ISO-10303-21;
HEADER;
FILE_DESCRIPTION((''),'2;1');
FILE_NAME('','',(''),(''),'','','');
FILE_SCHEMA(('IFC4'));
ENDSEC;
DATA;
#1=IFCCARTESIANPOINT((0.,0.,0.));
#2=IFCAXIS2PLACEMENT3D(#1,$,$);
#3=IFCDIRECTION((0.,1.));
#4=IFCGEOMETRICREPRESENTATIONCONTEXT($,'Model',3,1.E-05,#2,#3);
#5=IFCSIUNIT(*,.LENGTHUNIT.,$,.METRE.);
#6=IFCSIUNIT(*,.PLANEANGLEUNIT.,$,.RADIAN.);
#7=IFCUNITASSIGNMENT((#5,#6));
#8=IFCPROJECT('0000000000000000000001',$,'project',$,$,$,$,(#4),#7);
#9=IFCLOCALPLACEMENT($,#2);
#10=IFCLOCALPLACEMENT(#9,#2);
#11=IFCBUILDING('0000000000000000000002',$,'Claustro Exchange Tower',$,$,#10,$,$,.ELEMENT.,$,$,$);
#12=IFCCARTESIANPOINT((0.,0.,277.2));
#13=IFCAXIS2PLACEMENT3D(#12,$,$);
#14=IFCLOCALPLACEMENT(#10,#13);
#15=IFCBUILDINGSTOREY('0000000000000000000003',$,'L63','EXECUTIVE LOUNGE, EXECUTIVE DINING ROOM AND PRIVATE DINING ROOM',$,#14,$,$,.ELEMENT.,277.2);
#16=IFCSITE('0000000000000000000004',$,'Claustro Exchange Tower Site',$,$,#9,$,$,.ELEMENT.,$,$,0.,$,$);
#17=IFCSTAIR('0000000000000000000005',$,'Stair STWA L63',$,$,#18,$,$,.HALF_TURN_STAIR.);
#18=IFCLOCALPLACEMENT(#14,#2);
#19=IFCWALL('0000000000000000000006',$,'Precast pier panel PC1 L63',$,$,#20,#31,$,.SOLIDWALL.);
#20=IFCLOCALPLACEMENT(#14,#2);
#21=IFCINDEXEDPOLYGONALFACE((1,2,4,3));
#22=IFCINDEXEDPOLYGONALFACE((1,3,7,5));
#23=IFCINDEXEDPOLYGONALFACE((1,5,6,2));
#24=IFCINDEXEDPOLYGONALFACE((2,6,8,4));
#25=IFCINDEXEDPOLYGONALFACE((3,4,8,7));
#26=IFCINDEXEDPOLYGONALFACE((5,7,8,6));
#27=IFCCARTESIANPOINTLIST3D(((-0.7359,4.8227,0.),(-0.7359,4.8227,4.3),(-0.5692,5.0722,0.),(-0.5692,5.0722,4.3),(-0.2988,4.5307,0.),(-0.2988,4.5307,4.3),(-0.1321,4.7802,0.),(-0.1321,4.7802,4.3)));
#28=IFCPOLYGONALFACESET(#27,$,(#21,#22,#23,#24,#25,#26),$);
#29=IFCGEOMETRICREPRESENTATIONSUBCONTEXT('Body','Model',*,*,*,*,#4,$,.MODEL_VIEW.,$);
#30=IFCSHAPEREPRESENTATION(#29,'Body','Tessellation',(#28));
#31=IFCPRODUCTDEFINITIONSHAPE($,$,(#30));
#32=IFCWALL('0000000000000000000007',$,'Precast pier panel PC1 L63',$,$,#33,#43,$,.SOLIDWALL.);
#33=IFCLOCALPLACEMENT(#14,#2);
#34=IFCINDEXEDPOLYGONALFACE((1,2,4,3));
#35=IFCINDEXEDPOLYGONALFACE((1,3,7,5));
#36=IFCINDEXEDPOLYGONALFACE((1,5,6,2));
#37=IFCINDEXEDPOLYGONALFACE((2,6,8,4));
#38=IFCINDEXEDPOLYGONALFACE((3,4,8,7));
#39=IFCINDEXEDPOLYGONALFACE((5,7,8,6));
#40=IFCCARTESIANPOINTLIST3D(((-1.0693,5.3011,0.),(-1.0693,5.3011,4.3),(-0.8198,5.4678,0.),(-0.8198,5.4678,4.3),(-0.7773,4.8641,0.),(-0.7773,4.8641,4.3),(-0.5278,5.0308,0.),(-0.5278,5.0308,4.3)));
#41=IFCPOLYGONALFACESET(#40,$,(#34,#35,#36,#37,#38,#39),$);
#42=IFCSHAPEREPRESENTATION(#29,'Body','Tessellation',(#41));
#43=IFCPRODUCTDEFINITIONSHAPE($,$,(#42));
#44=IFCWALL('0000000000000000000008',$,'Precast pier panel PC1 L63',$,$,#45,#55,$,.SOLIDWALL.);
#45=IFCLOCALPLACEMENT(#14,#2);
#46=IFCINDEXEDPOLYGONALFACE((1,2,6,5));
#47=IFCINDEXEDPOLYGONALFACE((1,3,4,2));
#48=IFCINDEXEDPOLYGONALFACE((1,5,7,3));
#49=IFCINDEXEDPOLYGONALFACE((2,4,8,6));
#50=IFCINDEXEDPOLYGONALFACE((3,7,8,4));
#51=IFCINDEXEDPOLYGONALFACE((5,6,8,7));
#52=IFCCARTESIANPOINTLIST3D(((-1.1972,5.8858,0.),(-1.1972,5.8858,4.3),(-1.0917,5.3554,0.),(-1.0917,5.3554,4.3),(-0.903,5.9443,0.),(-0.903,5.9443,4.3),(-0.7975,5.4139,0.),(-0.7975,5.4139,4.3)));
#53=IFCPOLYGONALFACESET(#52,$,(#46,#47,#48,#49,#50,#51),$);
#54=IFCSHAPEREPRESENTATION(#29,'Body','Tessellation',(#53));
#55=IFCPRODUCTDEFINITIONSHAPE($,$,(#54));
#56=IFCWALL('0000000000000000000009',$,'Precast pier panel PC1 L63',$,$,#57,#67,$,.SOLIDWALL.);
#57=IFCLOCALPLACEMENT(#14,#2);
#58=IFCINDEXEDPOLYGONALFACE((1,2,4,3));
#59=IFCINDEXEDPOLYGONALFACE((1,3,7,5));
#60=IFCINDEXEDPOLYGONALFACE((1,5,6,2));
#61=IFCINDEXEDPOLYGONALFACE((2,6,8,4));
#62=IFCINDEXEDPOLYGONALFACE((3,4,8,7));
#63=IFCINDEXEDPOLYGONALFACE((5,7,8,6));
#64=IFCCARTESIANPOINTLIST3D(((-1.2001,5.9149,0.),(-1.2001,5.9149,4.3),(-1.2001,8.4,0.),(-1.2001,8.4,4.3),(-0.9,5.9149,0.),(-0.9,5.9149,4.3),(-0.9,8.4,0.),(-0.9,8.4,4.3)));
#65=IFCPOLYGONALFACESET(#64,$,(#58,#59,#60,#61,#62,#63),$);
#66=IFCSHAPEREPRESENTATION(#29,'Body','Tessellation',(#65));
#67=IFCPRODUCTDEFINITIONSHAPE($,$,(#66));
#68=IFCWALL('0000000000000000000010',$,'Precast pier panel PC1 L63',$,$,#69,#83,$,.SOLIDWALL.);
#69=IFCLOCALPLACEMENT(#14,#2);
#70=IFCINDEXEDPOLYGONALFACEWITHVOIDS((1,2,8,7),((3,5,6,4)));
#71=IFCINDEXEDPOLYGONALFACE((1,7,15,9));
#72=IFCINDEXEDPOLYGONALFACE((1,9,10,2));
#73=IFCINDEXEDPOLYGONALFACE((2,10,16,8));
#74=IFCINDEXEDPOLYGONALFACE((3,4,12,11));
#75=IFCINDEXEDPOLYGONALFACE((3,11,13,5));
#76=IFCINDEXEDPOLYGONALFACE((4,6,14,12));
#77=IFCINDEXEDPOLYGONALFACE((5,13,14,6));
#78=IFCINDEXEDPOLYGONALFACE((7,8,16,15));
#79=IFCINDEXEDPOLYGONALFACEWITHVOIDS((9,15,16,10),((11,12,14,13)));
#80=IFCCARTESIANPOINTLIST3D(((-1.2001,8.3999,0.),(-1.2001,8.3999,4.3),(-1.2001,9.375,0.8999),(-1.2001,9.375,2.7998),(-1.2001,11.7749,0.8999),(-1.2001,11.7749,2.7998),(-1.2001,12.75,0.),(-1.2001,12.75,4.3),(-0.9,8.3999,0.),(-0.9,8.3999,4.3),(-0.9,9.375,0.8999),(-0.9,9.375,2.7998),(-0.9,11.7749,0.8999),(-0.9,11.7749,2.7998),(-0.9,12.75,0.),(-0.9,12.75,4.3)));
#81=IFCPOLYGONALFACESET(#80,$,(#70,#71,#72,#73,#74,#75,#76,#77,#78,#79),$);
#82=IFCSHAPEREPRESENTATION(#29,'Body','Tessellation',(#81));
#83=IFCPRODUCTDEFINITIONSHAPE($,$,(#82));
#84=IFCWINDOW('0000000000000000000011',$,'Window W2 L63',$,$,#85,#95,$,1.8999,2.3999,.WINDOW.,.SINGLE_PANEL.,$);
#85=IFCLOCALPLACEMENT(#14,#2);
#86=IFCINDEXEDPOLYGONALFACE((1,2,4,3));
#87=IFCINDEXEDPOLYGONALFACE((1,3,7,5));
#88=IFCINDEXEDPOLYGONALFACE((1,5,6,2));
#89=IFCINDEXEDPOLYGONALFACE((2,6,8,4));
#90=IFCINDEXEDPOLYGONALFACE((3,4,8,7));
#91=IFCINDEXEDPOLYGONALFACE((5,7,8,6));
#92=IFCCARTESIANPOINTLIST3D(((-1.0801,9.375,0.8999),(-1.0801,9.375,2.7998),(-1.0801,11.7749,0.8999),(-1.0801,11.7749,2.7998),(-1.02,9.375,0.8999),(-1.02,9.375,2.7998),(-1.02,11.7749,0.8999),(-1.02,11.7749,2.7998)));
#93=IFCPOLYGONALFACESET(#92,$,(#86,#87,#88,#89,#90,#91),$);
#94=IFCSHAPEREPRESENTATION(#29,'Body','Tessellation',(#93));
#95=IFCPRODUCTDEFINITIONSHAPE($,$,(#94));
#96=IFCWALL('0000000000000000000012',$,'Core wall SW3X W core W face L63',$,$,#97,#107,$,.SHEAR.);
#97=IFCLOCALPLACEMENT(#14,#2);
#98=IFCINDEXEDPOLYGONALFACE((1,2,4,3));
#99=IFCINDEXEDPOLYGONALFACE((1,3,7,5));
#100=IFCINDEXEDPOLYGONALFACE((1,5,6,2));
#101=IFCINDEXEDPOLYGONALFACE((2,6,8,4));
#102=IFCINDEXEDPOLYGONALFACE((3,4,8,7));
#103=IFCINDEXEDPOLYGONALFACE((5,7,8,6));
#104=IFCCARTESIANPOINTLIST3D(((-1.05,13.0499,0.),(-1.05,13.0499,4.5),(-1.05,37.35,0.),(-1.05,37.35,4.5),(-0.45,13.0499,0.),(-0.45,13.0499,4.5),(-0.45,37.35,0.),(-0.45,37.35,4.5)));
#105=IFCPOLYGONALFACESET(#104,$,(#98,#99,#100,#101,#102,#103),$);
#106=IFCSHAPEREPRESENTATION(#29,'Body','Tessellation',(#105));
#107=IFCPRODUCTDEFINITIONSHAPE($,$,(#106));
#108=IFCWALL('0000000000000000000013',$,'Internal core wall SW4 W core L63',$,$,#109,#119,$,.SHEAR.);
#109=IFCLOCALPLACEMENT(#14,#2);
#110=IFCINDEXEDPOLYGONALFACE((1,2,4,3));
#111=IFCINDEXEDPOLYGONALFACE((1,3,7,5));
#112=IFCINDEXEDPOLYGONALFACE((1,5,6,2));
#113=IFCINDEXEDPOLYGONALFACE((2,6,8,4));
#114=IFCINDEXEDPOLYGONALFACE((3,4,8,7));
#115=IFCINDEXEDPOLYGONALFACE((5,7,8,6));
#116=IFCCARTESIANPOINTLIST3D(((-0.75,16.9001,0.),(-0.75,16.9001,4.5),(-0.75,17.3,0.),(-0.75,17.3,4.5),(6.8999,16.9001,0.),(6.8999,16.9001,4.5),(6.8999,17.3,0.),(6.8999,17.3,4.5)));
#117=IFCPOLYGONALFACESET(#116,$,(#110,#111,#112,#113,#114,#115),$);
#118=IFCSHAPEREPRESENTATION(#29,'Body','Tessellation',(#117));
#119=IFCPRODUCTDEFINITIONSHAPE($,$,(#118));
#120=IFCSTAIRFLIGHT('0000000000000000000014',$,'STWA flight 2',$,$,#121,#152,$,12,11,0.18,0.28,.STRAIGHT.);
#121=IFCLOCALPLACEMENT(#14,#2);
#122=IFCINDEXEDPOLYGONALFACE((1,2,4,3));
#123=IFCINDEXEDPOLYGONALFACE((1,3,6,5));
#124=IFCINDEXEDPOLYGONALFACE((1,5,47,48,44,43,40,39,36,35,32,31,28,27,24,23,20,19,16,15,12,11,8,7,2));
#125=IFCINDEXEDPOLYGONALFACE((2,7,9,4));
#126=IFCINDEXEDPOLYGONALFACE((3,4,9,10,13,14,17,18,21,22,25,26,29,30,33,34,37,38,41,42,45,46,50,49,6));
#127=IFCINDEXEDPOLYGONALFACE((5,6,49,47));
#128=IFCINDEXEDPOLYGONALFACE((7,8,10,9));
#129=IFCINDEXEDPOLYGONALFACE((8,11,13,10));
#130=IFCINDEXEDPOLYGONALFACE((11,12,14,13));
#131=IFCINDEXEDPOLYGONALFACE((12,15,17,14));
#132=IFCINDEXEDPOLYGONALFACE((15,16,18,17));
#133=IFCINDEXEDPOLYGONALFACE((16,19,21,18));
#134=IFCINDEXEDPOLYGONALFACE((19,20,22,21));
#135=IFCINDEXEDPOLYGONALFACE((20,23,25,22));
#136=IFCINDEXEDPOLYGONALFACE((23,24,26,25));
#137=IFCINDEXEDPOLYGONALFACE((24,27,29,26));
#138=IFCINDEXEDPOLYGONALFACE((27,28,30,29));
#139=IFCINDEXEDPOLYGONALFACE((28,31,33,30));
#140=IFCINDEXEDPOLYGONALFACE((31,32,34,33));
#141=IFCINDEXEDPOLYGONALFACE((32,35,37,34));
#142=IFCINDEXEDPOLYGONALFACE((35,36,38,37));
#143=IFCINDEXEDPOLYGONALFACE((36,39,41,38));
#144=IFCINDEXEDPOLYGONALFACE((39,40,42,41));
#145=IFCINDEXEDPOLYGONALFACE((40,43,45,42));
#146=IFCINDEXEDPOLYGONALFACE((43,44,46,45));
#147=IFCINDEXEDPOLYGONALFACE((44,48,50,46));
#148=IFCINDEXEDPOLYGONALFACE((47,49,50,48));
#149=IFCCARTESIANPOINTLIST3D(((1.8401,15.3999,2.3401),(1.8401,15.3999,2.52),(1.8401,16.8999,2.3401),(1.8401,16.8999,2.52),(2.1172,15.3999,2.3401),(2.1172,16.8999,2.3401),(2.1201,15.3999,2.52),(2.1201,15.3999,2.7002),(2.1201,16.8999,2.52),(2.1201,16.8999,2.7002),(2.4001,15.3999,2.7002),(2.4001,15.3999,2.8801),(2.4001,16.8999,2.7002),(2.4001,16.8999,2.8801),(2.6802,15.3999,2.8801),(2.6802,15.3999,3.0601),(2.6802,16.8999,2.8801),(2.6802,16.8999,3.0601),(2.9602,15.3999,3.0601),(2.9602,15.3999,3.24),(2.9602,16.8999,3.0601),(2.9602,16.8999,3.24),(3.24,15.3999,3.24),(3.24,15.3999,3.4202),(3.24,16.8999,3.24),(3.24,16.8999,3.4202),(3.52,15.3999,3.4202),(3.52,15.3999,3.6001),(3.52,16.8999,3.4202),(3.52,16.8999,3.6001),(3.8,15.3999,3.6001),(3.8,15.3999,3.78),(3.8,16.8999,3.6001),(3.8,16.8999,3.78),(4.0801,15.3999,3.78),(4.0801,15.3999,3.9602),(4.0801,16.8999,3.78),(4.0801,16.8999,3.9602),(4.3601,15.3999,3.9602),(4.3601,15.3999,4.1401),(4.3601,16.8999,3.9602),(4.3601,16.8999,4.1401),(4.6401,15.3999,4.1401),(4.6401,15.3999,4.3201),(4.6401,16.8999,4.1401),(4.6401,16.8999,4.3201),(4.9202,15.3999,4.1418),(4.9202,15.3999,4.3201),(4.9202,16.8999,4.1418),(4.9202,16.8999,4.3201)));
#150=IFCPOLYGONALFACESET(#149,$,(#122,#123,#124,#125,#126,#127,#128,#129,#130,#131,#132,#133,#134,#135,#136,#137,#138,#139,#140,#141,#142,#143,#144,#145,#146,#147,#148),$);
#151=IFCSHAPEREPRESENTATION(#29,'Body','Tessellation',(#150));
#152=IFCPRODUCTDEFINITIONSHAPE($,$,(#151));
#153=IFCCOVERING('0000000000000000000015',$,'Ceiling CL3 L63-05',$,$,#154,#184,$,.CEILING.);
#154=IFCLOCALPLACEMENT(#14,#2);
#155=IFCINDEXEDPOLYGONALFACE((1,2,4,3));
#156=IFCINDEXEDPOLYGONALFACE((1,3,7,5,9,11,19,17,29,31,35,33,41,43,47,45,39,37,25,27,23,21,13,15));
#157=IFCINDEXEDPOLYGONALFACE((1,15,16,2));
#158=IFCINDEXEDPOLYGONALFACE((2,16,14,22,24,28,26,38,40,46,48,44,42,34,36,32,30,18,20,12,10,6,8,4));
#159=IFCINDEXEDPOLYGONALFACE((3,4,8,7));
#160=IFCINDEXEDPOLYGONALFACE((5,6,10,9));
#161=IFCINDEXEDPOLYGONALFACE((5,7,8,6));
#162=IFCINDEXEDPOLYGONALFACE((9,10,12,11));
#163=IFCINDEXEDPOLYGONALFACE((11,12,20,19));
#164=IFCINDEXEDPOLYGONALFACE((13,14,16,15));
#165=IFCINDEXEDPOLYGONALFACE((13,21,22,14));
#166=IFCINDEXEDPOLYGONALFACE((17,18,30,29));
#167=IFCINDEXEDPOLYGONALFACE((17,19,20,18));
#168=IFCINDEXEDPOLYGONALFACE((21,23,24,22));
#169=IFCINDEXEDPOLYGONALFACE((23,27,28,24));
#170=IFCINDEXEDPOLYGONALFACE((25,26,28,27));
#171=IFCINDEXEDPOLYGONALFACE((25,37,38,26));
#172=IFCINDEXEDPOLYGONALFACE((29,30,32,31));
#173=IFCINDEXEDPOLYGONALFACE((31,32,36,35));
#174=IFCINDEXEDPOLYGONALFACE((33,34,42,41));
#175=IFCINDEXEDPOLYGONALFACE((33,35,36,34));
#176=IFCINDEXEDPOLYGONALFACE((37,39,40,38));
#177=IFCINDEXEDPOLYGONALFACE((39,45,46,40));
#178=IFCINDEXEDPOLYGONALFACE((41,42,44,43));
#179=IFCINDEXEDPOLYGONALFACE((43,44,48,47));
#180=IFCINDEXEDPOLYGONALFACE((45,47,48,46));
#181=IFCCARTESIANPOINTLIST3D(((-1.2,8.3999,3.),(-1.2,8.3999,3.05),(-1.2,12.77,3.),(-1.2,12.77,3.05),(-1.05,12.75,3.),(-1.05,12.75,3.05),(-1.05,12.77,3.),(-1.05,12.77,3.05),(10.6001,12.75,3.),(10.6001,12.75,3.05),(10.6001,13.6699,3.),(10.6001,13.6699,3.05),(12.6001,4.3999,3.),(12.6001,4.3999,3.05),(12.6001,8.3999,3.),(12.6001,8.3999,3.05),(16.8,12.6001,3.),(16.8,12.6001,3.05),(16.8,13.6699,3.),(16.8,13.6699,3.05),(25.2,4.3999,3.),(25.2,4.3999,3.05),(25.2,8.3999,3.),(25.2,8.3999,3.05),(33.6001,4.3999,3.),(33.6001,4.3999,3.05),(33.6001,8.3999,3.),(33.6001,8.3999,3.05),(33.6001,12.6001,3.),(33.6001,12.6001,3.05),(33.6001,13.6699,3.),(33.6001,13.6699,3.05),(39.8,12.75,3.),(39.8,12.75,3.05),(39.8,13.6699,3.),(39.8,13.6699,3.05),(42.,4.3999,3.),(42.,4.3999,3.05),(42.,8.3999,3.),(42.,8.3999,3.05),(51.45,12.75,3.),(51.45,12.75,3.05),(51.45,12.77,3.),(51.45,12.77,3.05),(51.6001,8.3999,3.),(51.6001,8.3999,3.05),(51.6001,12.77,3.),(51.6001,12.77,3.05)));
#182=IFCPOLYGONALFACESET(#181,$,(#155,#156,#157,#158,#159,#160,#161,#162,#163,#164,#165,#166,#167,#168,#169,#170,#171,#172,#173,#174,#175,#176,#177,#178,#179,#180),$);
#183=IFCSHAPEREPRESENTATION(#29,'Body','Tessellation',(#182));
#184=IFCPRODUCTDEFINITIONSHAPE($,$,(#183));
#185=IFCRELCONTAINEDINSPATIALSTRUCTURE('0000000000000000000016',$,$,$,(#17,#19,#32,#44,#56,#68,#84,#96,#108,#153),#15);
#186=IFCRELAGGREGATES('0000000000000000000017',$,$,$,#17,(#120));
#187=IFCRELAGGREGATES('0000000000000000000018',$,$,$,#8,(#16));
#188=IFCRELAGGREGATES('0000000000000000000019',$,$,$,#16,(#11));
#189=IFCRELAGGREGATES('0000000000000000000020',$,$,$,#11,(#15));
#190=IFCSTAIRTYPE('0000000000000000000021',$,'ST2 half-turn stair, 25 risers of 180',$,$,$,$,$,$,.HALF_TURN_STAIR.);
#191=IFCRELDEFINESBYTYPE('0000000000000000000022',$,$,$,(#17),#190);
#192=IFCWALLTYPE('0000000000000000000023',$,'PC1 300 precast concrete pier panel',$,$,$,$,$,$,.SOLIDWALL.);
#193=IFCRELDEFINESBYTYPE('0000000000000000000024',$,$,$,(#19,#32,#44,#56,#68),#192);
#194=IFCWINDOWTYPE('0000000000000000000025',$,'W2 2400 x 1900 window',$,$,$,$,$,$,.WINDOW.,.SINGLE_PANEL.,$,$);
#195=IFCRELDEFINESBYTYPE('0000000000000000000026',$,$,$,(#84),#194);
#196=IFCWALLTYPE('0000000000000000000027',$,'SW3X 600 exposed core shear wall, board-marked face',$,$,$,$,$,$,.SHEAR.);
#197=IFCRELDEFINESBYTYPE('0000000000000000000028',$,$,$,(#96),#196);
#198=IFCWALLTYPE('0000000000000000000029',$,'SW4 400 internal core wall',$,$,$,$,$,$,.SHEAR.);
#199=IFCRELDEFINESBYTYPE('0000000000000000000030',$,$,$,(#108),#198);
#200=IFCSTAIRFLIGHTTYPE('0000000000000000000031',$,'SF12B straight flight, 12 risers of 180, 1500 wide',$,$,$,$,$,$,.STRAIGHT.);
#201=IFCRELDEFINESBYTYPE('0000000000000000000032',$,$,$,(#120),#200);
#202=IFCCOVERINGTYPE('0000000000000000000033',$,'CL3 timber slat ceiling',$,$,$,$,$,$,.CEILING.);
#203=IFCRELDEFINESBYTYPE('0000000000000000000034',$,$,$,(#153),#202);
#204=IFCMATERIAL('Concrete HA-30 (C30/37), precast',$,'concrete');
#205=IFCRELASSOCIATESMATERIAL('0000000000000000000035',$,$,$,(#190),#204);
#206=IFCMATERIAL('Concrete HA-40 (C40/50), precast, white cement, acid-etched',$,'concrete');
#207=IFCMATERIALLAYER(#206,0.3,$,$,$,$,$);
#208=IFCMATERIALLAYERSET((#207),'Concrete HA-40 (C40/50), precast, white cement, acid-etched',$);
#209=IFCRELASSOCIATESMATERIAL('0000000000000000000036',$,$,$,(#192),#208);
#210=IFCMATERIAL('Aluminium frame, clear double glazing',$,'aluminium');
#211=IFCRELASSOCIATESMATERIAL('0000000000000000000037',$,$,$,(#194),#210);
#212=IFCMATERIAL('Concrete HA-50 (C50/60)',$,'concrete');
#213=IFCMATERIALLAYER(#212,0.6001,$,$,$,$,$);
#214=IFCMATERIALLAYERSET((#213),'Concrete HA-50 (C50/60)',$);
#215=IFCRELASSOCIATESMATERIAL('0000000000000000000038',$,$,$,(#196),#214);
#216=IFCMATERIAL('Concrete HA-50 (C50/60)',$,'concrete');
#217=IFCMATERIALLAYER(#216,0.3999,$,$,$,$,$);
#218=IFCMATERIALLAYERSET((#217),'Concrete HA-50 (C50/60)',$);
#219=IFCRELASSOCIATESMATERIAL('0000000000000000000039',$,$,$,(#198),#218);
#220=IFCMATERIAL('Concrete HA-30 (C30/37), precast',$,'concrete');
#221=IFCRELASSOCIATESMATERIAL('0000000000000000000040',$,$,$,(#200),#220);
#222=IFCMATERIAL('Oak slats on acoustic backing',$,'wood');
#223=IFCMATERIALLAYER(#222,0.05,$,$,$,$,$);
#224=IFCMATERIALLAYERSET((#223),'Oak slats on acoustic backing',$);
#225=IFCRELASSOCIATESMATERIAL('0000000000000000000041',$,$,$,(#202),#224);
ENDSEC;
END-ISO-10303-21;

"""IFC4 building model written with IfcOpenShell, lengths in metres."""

from ifc_helpers import new_model, si_unit, direction, frame, frame_2d, origin, place, context, subcontext, project, spatial, polyline, rectangle, outline, extrude, material, layer, layer_set, type_object, element, fill, aggregate, save


model = new_model("IFC4")

# Units and contexts
model_context = context("Model", 3, precision=1e-05, world=origin(), true_north=direction((0.0, 1.0)))
body_context = subcontext(model_context, "Body", "Model", "MODEL_VIEW")
ifc_project = project(units=[si_unit("LENGTHUNIT", "METRE"), si_unit("PLANEANGLEUNIT", "RADIAN")], contexts=[model_context])

# Site, building, storey
site_placement = place(None, origin())
site = spatial("IfcSite", under=ifc_project, at=site_placement, Name="Claustro Exchange Tower Site", CompositionType="ELEMENT", RefElevation=0.0)
building_placement = place(site_placement, origin())
building = spatial("IfcBuilding", under=site, at=building_placement, Name="Claustro Exchange Tower", CompositionType="ELEMENT")
storey_placement = place(building_placement, frame((0.0, 0.0, 277.2)))
storey = spatial("IfcBuildingStorey", under=building, at=storey_placement, Name="L63", Description="EXECUTIVE LOUNGE, EXECUTIVE DINING ROOM AND PRIVATE DINING ROOM", CompositionType="ELEMENT", Elevation=277.2)

# Stair
ifc_material_1 = material(Name="Concrete HA-30 (C30/37), precast", Category="concrete")
stair_type = type_object("IfcStairType", Name="ST2 half-turn stair, 25 risers of 180", PredefinedType="HALF_TURN_STAIR", material=ifc_material_1)
stair_1_placement = place(storey_placement, origin())
stair_1 = element("IfcStair", 1, at=stair_1_placement, inside=storey, type_object=stair_type, Name="Stair STWA L63", PredefinedType="HALF_TURN_STAIR")

# Walls
ifc_material_2 = material(Name="Concrete HA-40 (C40/50), precast, white cement, acid-etched", Category="concrete")
ifc_layer_1 = layer(ifc_material_2, 0.3)
ifc_layer_set_1 = layer_set([ifc_layer_1], Name="Concrete HA-40 (C40/50), precast, white cement, acid-etched")
wall_type_1 = type_object("IfcWallType", Name="PC1 300 precast concrete pier panel", PredefinedType="SOLIDWALL", material=ifc_layer_set_1)
for number, where, z_axis, x_axis, name in (
    (2, (-0.2156, 4.6555, 0.0), (0.0, 0.0, 1.0), (-0.831478, 0.555557, 0.0), "Precast pier panel PC1 L63"),
    (3, (-0.6526, 4.9475, 0.0), (0.0, 0.0, 1.0), (-0.555557, 0.831478, 0.0), "Precast pier panel PC1 L63"),
):
    element("IfcWall", number, at=place(storey_placement, frame(where, z_axis=z_axis, x_axis=x_axis)), inside=storey, type_object=wall_type_1, Name=name, PredefinedType="SOLIDWALL", context=body_context, shape_type="SweptSolid", body=[
        extrude(rectangle(XDim=0.5256, YDim=0.3, at=frame_2d((0.2627, 0.0))), origin(), (0.0, 0.0, 1.0), 4.3),
    ])
wall_1_placement = place(storey_placement, frame((-0.9446, 5.3845, 0.0), z_axis=(0.0, 0.0, 1.0), x_axis=(-0.195074, 0.980789, 0.0)))
element("IfcWall", 4, at=wall_1_placement, inside=storey, type_object=wall_type_1, Name="Precast pier panel PC1 L63", PredefinedType="SOLIDWALL", context=body_context, shape_type="SweptSolid", body=[
    extrude(rectangle(XDim=0.5408, YDim=0.3, at=frame_2d((0.2705, 0.0))), origin(), (0.0, 0.0, 1.0), 4.3),
])
wall_2_placement = place(storey_placement, frame((-1.05, 5.9148, 0.0), z_axis=(0.0, 0.0, 1.0), x_axis=(0.0, 1.0, 0.0)))
element("IfcWall", 5, at=wall_2_placement, inside=storey, type_object=wall_type_1, Name="Precast pier panel PC1 L63", PredefinedType="SOLIDWALL", context=body_context, shape_type="SweptSolid", body=[
    extrude(rectangle(XDim=2.4851, YDim=0.3, at=frame_2d((1.2427, 0.0))), origin(), (0.0, 0.0, 1.0), 4.3),
])

# Wall, opening, window
wall_3_placement = place(storey_placement, frame((-1.05, 8.3999, 0.0), z_axis=(0.0, 0.0, 1.0), x_axis=(0.0, 1.0, 0.0)))
wall_3 = element("IfcWall", 6, at=wall_3_placement, inside=storey, type_object=wall_type_1, Name="Precast pier panel PC1 L63", PredefinedType="SOLIDWALL", context=body_context, shape_type="SweptSolid", body=[
    extrude(rectangle(XDim=4.3501, YDim=0.3, at=frame_2d((2.175, 0.0))), origin(), (0.0, 0.0, 1.0), 4.3),
])
opening_1_placement = place(wall_3_placement, frame((0.9751, 0.0, 0.8999)))
opening_1 = element("IfcOpeningElement", 7, at=opening_1_placement, cuts=wall_3, PredefinedType="OPENING", context=body_context, shape_type="SweptSolid", body=[
    extrude(rectangle(XDim=2.3999, YDim=1.8999, at=frame_2d((1.2, 0.95))), frame((0.0, 0.1599, 0.0), z_axis=(0.0, -1.0, 0.0), x_axis=(1.0, 0.0, 0.0)), (0.0, 0.0, 1.0), 0.3201),
])
ifc_material_3 = material(Name="Aluminium frame, clear double glazing", Category="aluminium")
window_type = type_object("IfcWindowType", Name="W2 2400 x 1900 window", PartitioningType="SINGLE_PANEL", PredefinedType="WINDOW", material=ifc_material_3)
window_placement = place(opening_1_placement, origin())
window = element("IfcWindow", 8, at=window_placement, inside=storey, type_object=window_type, Name="Window W2 L63", OverallHeight=1.8999, OverallWidth=2.3999, PartitioningType="SINGLE_PANEL", PredefinedType="WINDOW", context=body_context, shape_type="SweptSolid", body=[
    extrude(rectangle(XDim=2.3999, YDim=1.8999, at=frame_2d((1.2, 0.95))), frame((0.0, 0.03, 0.0), z_axis=(0.0, -1.0, 0.0), x_axis=(1.0, 0.0, 0.0)), (0.0, 0.0, 1.0), 0.0601),
])
fill(opening_1, window)

# Walls
ifc_material_4 = material(Name="Concrete HA-50 (C50/60)", Category="concrete")
ifc_layer_2 = layer(ifc_material_4, 0.6001)
ifc_layer_set_2 = layer_set([ifc_layer_2], Name="Concrete HA-50 (C50/60)")
wall_type_2 = type_object("IfcWallType", Name="SW3X 600 exposed core shear wall, board-marked face", PredefinedType="SHEAR", material=ifc_layer_set_2)
wall_4_placement = place(storey_placement, frame((-0.75, 13.05, 0.0), z_axis=(0.0, 0.0, 1.0), x_axis=(0.0, 1.0, 0.0)))
element("IfcWall", 9, at=wall_4_placement, inside=storey, type_object=wall_type_2, Name="Core wall SW3X W core W face L63", PredefinedType="SHEAR", context=body_context, shape_type="SweptSolid", body=[
    extrude(rectangle(XDim=24.3, YDim=0.6001, at=frame_2d((12.1499, 0.0))), origin(), (0.0, 0.0, 1.0), 4.5),
])
ifc_material_5 = material(Name="Concrete HA-50 (C50/60)", Category="concrete")
ifc_layer_3 = layer(ifc_material_5, 0.3999)
ifc_layer_set_3 = layer_set([ifc_layer_3], Name="Concrete HA-50 (C50/60)")
wall_type_3 = type_object("IfcWallType", Name="SW4 400 internal core wall", PredefinedType="SHEAR", material=ifc_layer_set_3)
wall_5_placement = place(storey_placement, frame((-0.75, 17.1001, 0.0), z_axis=(0.0, 0.0, 1.0), x_axis=(1.0, 0.0, 0.0)))
element("IfcWall", 10, at=wall_5_placement, inside=storey, type_object=wall_type_3, Name="Internal core wall SW4 W core L63", PredefinedType="SHEAR", context=body_context, shape_type="SweptSolid", body=[
    extrude(rectangle(XDim=7.6499, YDim=0.3999, at=frame_2d((3.825, 0.0))), origin(), (0.0, 0.0, 1.0), 4.5),
])

# Stair flight
ifc_material_6 = material(Name="Concrete HA-30 (C30/37), precast", Category="concrete")
stair_flight_type = type_object("IfcStairFlightType", Name="SF12B straight flight, 12 risers of 180, 1500 wide", PredefinedType="STRAIGHT", material=ifc_material_6)
stair_flight_placement = place(storey_placement, frame((1.8401, 16.1499, 2.3401), z_axis=(0.0, 0.0, 1.0), x_axis=(1.0, 0.0, 0.0)))
stair_flight = element("IfcStairFlight", 11, at=stair_flight_placement, type_object=stair_flight_type, Name="STWA flight 2", NumberOfRisers=12, NumberOfTreads=11, PredefinedType="STRAIGHT", RiserHeight=0.18, TreadLength=0.28, context=body_context, shape_type="SweptSolid", body=[
    extrude(outline(polyline([(0.0, 0.0), (0.0, 0.1799), (0.28, 0.1799), (0.28, 0.3601), (0.5601, 0.3601), (0.5601, 0.54), (0.8401, 0.54), (0.8401, 0.72), (1.1201, 0.72), (1.1201, 0.8999), (1.3999, 0.8999), (1.3999, 1.0801), (1.6799, 1.0801), (1.6799, 1.26), (1.96, 1.26), (1.96, 1.4399), (2.24, 1.4399), (2.24, 1.6201), (2.52, 1.6201), (2.52, 1.8), (2.8, 1.8), (2.8, 1.98), (3.0801, 1.98), (3.0801, 2.1599), (3.0801, 1.8018), (0.2771, 0.0), (0.0, 0.0)])), frame((0.0, 0.75, 0.0), z_axis=(0.0, -1.0, 0.0), x_axis=(1.0, 0.0, 0.0)), (0.0, 0.0, 1.0), 1.5),
])
aggregate(stair_1, [stair_flight])

# Covering
ifc_material_7 = material(Name="Oak slats on acoustic backing", Category="wood")
ifc_layer_4 = layer(ifc_material_7, 0.05)
ifc_layer_set_4 = layer_set([ifc_layer_4], Name="Oak slats on acoustic backing")
covering_type_1 = type_object("IfcCoveringType", Name="CL3 timber slat ceiling", PredefinedType="CEILING", material=ifc_layer_set_4)
covering_1_placement = place(storey_placement, frame((0.0, 0.0, 3.0)))
element("IfcCovering", 12, at=covering_1_placement, inside=storey, type_object=covering_type_1, Name="Ceiling CL3 L63-05", PredefinedType="CEILING", context=body_context, shape_type="SweptSolid", body=[
    extrude(outline(polyline([(10.6001, 13.6699), (10.6001, 12.75), (-1.05, 12.75), (-1.05, 12.77), (-1.2, 12.77), (-1.2, 8.3999), (12.6001, 8.3999), (12.6001, 4.3999), (25.2, 4.3999), (25.2, 8.3999), (33.6001, 8.3999), (33.6001, 4.3999), (42.0, 4.3999), (42.0, 8.3999), (51.6001, 8.3999), (51.6001, 12.77), (51.45, 12.77), (51.45, 12.75), (39.8, 12.75), (39.8, 13.6699), (33.6001, 13.6699), (33.6001, 12.6001), (16.8, 12.6001), (16.8, 13.6699), (10.6001, 13.6699)])), origin(), (0.0, 0.0, 1.0), 0.05),
])

save(model, "model.ifc")
